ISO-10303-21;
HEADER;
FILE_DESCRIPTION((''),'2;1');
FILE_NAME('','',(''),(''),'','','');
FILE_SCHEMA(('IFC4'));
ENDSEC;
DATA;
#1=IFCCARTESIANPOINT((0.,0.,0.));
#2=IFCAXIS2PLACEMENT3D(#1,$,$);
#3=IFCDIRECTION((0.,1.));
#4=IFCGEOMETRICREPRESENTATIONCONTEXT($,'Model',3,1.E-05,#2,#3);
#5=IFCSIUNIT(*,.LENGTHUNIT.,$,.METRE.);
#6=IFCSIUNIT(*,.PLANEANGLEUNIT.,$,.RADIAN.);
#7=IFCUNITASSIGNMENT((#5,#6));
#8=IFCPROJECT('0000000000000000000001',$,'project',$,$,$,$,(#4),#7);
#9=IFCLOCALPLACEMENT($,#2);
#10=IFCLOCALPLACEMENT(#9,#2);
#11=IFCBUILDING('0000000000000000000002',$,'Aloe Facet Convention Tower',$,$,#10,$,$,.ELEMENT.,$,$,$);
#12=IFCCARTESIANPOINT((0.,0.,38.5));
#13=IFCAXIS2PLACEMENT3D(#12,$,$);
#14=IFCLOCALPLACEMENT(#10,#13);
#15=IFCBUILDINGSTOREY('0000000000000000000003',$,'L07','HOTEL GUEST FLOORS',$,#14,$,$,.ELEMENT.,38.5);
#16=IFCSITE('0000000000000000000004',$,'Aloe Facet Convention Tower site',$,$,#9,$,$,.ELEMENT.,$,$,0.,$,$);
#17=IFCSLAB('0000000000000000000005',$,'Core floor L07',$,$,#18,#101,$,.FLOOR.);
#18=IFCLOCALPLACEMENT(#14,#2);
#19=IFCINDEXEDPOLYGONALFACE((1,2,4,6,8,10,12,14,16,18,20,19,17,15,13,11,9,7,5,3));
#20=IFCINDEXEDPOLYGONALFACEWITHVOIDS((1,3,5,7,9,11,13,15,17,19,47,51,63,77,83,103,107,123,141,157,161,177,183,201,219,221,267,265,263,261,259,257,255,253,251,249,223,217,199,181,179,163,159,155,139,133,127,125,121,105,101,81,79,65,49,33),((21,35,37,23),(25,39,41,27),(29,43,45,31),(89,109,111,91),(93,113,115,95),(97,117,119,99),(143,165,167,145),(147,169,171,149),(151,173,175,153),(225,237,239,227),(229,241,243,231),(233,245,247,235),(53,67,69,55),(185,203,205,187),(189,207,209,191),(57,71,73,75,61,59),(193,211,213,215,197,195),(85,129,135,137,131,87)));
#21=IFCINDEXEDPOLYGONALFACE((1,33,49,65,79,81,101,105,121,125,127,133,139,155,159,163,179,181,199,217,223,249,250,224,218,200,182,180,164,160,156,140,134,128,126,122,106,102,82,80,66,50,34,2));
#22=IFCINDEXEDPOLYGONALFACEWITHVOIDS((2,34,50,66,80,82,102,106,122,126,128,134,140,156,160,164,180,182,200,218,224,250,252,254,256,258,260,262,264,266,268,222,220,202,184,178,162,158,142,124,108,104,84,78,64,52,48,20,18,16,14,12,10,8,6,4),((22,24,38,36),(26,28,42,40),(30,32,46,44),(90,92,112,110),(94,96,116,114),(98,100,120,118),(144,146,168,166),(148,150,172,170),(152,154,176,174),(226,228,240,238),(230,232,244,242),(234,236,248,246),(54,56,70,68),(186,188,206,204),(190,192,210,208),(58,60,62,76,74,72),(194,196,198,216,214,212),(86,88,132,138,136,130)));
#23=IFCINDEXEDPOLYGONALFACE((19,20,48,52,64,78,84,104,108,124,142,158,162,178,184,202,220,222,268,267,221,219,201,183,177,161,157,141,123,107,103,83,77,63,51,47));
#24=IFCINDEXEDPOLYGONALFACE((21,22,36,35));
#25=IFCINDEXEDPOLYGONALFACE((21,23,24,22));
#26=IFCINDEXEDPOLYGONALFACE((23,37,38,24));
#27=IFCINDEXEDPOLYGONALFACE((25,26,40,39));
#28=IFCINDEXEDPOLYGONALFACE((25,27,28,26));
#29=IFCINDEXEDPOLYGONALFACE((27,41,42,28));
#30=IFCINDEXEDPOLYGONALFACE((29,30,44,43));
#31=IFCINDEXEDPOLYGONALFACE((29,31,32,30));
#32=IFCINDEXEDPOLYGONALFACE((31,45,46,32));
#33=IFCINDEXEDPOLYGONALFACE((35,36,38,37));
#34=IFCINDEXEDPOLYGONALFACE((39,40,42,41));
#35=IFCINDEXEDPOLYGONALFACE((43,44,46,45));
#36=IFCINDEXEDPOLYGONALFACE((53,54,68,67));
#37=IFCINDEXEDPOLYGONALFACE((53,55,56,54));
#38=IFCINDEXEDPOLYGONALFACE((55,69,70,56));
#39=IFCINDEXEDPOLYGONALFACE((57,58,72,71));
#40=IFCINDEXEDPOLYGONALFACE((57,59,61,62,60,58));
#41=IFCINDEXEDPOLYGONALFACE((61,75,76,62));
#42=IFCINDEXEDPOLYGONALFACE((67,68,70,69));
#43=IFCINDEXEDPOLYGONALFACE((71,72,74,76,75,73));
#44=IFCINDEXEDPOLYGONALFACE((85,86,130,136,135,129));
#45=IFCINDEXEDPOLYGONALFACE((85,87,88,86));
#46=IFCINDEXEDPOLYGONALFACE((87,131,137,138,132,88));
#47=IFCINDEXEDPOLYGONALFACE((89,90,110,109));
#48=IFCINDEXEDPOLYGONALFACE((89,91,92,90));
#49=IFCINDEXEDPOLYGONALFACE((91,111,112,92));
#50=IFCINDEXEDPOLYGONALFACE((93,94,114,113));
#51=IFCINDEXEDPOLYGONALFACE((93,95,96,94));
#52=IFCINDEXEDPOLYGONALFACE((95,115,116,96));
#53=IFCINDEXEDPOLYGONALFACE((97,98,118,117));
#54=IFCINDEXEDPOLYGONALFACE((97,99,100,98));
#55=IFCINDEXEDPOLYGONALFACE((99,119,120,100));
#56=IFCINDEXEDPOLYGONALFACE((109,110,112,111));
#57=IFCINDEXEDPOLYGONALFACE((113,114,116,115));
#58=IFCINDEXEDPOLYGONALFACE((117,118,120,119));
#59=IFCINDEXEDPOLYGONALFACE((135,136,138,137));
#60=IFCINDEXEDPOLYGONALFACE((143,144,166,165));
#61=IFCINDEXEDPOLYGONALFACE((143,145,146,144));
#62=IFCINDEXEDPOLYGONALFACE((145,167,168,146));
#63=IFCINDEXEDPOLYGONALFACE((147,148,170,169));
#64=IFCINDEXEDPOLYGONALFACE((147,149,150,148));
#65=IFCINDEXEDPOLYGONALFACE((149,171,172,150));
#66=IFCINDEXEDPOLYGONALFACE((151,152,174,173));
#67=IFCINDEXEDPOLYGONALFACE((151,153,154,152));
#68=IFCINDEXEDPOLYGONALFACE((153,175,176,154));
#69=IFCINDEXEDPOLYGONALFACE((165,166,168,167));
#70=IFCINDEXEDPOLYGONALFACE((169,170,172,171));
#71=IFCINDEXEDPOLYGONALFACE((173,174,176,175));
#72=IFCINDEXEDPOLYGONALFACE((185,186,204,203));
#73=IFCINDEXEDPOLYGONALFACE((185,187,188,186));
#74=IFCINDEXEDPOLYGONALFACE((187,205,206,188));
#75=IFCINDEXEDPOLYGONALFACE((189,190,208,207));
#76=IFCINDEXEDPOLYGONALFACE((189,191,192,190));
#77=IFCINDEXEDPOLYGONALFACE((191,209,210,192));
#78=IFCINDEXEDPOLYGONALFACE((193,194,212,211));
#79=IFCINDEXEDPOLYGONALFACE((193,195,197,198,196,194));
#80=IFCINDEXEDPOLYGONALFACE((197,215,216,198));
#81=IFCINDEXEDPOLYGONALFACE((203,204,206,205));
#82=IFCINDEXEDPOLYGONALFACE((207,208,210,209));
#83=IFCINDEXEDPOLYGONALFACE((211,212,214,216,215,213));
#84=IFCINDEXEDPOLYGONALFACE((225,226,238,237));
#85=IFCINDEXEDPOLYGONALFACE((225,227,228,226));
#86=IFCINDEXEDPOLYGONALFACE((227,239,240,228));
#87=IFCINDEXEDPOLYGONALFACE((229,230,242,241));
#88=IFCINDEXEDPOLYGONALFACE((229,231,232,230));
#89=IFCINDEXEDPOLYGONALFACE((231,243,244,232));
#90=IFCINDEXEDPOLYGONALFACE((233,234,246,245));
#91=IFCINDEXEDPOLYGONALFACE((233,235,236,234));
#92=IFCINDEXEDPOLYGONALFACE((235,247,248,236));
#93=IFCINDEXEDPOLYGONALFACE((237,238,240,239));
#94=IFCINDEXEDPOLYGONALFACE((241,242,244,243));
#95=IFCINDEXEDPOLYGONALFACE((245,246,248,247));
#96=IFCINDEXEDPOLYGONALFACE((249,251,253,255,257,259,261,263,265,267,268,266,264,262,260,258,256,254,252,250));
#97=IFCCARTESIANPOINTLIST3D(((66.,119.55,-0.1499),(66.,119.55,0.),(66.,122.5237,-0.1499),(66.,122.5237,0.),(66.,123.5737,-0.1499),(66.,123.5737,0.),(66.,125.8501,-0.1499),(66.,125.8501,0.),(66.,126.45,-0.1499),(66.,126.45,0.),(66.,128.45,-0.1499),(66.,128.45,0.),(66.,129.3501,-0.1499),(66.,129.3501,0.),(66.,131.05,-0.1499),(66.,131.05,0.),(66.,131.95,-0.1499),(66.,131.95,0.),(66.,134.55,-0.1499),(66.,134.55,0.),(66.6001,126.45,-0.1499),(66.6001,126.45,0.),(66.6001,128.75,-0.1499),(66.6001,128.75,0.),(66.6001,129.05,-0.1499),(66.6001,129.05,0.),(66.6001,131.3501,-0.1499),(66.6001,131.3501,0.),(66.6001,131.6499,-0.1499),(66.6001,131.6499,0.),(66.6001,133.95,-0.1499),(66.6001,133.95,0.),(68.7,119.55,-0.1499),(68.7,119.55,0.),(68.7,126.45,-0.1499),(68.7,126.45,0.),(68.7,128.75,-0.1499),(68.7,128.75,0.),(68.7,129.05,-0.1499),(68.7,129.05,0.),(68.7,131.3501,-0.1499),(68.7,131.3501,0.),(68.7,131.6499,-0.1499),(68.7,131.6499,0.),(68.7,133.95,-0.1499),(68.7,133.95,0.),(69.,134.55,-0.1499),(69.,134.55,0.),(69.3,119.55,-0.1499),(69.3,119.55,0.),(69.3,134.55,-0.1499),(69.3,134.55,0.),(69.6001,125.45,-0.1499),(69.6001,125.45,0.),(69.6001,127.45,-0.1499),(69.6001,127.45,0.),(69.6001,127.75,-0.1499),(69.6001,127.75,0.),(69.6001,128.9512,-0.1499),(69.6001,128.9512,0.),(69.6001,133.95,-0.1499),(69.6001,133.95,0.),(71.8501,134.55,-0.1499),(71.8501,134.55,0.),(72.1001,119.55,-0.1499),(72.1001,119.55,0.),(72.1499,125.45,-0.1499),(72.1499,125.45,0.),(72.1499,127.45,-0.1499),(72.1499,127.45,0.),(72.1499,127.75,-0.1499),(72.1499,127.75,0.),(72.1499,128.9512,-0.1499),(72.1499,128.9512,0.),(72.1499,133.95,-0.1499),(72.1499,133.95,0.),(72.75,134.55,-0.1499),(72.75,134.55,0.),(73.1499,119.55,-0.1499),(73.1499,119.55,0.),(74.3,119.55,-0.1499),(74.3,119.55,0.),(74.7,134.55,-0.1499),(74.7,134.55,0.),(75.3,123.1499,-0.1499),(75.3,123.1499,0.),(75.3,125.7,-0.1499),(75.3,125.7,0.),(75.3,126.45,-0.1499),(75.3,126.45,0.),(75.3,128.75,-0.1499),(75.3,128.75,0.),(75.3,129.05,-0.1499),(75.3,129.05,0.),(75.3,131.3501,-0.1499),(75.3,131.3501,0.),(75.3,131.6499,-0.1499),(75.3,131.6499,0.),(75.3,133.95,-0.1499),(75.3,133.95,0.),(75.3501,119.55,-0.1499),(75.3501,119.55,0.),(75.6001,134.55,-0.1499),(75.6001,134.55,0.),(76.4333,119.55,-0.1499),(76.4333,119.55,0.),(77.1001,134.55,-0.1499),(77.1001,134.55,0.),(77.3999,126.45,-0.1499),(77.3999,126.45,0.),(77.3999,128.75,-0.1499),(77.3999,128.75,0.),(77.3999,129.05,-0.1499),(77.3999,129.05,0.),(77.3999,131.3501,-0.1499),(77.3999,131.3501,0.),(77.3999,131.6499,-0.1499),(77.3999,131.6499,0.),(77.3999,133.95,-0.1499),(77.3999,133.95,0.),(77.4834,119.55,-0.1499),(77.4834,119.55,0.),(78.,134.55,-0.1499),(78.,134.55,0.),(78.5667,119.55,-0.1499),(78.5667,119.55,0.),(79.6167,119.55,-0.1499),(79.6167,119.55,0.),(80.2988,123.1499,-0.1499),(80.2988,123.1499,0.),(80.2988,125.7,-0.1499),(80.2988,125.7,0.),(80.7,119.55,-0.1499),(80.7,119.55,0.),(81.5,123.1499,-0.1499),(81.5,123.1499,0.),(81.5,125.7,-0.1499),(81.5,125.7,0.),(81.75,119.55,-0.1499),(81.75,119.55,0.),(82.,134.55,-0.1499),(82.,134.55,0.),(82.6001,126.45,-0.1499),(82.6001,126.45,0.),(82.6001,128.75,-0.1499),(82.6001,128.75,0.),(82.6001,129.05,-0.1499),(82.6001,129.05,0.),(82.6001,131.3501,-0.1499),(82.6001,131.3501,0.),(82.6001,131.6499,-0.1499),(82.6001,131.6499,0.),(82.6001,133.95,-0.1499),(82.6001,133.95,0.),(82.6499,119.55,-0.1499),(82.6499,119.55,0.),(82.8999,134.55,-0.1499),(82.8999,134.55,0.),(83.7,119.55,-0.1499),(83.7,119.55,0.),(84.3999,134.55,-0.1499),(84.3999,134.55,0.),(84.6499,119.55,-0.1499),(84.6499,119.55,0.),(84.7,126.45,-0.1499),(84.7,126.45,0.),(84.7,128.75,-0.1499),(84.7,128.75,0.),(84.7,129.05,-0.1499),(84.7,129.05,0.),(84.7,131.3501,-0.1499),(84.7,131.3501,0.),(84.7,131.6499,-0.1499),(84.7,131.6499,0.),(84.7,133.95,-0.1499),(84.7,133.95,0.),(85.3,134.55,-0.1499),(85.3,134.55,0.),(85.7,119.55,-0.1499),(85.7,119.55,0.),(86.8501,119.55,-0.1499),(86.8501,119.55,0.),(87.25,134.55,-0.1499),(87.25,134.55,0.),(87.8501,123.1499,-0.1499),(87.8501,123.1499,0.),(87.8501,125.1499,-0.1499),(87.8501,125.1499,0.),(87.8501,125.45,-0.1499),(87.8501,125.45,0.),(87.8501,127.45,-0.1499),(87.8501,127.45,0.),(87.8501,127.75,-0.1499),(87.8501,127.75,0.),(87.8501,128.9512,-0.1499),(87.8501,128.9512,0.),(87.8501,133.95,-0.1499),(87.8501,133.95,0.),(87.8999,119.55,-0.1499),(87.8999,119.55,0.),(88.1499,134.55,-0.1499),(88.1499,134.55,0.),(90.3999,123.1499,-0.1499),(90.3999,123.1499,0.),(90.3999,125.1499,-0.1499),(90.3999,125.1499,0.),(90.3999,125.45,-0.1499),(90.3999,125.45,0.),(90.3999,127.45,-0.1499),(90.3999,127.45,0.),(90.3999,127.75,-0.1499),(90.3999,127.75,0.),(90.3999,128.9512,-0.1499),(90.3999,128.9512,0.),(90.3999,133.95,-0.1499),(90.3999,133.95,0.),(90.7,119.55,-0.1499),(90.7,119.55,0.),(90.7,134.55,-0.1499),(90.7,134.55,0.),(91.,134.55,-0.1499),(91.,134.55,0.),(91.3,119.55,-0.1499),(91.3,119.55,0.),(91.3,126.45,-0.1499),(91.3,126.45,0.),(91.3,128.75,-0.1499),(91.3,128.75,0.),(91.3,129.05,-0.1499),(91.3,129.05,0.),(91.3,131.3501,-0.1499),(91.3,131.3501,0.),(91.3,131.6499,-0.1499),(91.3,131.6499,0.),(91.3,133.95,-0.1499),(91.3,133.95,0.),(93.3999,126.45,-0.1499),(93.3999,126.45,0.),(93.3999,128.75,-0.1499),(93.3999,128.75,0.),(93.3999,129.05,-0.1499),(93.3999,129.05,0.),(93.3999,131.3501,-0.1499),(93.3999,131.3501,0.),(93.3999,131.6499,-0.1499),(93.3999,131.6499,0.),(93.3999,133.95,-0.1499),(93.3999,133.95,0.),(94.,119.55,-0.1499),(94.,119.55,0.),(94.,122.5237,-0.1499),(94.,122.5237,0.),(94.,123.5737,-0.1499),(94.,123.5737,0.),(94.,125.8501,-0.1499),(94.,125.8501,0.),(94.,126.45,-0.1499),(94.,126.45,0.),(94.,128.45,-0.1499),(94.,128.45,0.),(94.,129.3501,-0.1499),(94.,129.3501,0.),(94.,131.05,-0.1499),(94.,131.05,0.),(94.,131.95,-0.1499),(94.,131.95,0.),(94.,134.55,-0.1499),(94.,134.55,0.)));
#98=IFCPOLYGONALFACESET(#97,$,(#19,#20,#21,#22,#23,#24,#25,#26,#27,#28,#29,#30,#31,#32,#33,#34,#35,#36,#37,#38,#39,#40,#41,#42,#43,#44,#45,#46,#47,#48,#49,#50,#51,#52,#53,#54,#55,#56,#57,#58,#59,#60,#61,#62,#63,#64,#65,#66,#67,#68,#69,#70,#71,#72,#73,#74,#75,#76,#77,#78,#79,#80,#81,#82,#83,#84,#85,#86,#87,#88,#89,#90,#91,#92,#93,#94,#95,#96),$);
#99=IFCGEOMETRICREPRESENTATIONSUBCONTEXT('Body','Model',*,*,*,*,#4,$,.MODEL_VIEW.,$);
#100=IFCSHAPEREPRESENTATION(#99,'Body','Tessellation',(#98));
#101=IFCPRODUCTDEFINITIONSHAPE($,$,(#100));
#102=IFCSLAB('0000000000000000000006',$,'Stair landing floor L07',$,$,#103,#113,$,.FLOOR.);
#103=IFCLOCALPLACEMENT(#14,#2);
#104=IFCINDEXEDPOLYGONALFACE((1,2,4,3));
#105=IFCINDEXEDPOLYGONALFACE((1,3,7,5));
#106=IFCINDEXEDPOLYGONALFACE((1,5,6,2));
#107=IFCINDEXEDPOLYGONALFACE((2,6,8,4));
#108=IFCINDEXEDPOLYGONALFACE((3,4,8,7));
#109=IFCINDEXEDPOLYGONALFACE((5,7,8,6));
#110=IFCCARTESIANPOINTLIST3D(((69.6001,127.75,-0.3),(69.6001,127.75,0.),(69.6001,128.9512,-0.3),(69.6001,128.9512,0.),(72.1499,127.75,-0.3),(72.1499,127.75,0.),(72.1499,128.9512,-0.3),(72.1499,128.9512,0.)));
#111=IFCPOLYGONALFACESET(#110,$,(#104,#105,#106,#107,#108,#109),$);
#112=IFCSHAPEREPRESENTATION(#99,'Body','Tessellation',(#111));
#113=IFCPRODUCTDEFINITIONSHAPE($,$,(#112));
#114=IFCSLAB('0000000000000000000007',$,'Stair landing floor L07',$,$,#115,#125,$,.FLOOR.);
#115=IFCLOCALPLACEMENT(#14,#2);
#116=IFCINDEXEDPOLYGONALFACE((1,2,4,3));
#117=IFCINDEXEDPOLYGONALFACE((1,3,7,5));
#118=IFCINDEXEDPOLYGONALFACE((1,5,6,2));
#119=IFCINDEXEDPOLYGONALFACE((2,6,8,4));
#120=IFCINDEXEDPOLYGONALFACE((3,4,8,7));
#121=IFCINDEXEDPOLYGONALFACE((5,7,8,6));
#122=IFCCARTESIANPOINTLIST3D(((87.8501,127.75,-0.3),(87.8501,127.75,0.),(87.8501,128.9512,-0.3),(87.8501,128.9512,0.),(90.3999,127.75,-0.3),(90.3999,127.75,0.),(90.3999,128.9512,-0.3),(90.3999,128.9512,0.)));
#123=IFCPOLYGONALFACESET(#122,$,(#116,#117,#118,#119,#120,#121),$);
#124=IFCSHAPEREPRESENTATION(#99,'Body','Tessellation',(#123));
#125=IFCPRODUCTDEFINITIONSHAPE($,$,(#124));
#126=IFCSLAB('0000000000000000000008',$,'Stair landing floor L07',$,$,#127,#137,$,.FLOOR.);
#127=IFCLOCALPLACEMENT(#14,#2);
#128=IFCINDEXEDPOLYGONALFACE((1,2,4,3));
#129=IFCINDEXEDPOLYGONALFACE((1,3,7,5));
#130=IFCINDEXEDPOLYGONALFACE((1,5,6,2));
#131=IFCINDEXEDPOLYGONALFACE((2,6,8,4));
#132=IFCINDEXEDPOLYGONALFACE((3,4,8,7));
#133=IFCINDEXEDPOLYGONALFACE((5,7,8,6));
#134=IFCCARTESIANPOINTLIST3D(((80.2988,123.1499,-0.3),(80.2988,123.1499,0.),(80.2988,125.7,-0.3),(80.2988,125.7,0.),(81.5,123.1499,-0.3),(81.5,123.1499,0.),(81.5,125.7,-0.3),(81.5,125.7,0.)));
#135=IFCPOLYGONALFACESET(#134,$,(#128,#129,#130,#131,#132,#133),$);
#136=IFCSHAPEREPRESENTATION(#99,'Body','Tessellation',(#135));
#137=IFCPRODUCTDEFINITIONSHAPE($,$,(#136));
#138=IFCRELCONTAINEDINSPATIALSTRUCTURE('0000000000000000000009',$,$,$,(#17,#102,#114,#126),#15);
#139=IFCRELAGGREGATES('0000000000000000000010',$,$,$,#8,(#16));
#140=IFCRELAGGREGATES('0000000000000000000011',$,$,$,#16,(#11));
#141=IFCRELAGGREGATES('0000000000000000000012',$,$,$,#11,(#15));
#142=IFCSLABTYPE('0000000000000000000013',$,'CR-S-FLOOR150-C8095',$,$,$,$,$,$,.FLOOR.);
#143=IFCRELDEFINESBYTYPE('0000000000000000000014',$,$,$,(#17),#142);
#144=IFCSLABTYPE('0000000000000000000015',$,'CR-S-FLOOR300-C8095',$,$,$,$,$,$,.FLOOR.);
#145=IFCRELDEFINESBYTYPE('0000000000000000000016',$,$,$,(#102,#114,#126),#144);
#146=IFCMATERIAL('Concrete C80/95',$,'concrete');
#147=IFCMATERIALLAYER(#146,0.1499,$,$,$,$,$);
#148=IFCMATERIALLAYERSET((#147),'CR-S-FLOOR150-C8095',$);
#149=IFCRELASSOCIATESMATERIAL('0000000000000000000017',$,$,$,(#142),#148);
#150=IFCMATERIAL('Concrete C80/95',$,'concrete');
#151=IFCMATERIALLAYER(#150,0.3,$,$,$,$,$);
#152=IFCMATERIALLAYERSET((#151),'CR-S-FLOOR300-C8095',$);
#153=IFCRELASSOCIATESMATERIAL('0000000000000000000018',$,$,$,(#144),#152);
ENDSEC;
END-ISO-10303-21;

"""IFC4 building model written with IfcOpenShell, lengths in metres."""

from ifc_helpers import new_model, si_unit, direction, frame, origin, place, context, subcontext, project, spatial, polyline, outline, extrude, material, layer, layer_set, type_object, element, save


model = new_model("IFC4")

# Units and contexts
model_context = context("Model", 3, precision=1e-05, world=origin(), true_north=direction((0.0, 1.0)))
body_context = subcontext(model_context, "Body", "Model", "MODEL_VIEW")
ifc_project = project(units=[si_unit("LENGTHUNIT", "METRE"), si_unit("PLANEANGLEUNIT", "RADIAN")], contexts=[model_context])

# Site, building, storey
site_placement = place(None, origin())
site = spatial("IfcSite", under=ifc_project, at=site_placement, Name="Aloe Facet Convention Tower site", CompositionType="ELEMENT", RefElevation=0.0)
building_placement = place(site_placement, origin())
building = spatial("IfcBuilding", under=site, at=building_placement, Name="Aloe Facet Convention Tower", CompositionType="ELEMENT")
storey_placement = place(building_placement, frame((0.0, 0.0, 38.5)))
storey = spatial("IfcBuildingStorey", under=building, at=storey_placement, Name="L07", Description="HOTEL GUEST FLOORS", CompositionType="ELEMENT", Elevation=38.5)

# Slabs
ifc_material_1 = material(Name="Concrete C80/95", Category="concrete")
ifc_layer_1 = layer(ifc_material_1, 0.1499)
ifc_layer_set_1 = layer_set([ifc_layer_1], Name="CR-S-FLOOR150-C8095")
slab_type_1 = type_object("IfcSlabType", Name="CR-S-FLOOR150-C8095", PredefinedType="FLOOR", material=ifc_layer_set_1)
slab_1_placement = place(storey_placement, frame((0.0, 0.0, -0.1499)))
element("IfcSlab", 1, at=slab_1_placement, inside=storey, type_object=slab_type_1, Name="Core floor L07", PredefinedType="FLOOR", context=body_context, shape_type="SweptSolid", body=[
    extrude(outline(polyline([(69.3, 134.55), (71.8501, 134.55), (72.75, 134.55), (74.7, 134.55), (75.6001, 134.55), (77.1001, 134.55), (78.0, 134.55), (82.0, 134.55), (82.8999, 134.55), (84.3999, 134.55), (85.3, 134.55), (87.25, 134.55), (88.1499, 134.55), (90.7, 134.55), (91.0, 134.55), (94.0, 134.55), (94.0, 131.95), (94.0, 131.05), (94.0, 129.3501), (94.0, 128.45), (94.0, 126.45), (94.0, 125.8501), (94.0, 123.5737), (94.0, 122.5237), (94.0, 119.55), (91.3, 119.55), (90.7, 119.55), (87.8999, 119.55), (86.8501, 119.55), (85.7, 119.55), (84.6499, 119.55), (83.7, 119.55), (82.6499, 119.55), (81.75, 119.55), (80.7, 119.55), (79.6167, 119.55), (78.5667, 119.55), (77.4834, 119.55), (76.4333, 119.55), (75.3501, 119.55), (74.3, 119.55), (73.1499, 119.55), (72.1001, 119.55), (69.3, 119.55), (68.7, 119.55), (66.0, 119.55), (66.0, 122.5237), (66.0, 123.5737), (66.0, 125.8501), (66.0, 126.45), (66.0, 128.45), (66.0, 129.3501), (66.0, 131.05), (66.0, 131.95), (66.0, 134.55), (69.0, 134.55), (69.3, 134.55)]), holes=[polyline([(75.3, 123.1499), (80.2988, 123.1499), (81.5, 123.1499), (81.5, 125.7), (80.2988, 125.7), (75.3, 125.7), (75.3, 123.1499)]), polyline([(69.6001, 125.45), (72.1499, 125.45), (72.1499, 127.45), (69.6001, 127.45), (69.6001, 125.45)]), polyline([(66.6001, 126.45), (68.7, 126.45), (68.7, 128.75), (66.6001, 128.75), (66.6001, 126.45)]), polyline([(75.3, 126.45), (77.3999, 126.45), (77.3999, 128.75), (75.3, 128.75), (75.3, 126.45)]), polyline([(66.6001, 129.05), (68.7, 129.05), (68.7, 131.3501), (66.6001, 131.3501), (66.6001, 129.05)]), polyline([(75.3, 129.05), (77.3999, 129.05), (77.3999, 131.3501), (75.3, 131.3501), (75.3, 129.05)]), polyline([(69.6001, 133.95), (69.6001, 128.9512), (69.6001, 127.75), (72.1499, 127.75), (72.1499, 128.9512), (72.1499, 133.95), (69.6001, 133.95)]), polyline([(66.6001, 133.95), (66.6001, 131.6499), (68.7, 131.6499), (68.7, 133.95), (66.6001, 133.95)]), polyline([(75.3, 133.95), (75.3, 131.6499), (77.3999, 131.6499), (77.3999, 133.95), (75.3, 133.95)]), polyline([(87.8501, 123.1499), (90.3999, 123.1499), (90.3999, 125.1499), (87.8501, 125.1499), (87.8501, 123.1499)]), polyline([(87.8501, 125.45), (90.3999, 125.45), (90.3999, 127.45), (87.8501, 127.45), (87.8501, 125.45)]), polyline([(82.6001, 126.45), (84.7, 126.45), (84.7, 128.75), (82.6001, 128.75), (82.6001, 126.45)]), polyline([(91.3, 126.45), (93.3999, 126.45), (93.3999, 128.75), (91.3, 128.75), (91.3, 126.45)]), polyline([(82.6001, 129.05), (84.7, 129.05), (84.7, 131.3501), (82.6001, 131.3501), (82.6001, 129.05)]), polyline([(91.3, 129.05), (93.3999, 129.05), (93.3999, 131.3501), (91.3, 131.3501), (91.3, 129.05)]), polyline([(87.8501, 133.95), (87.8501, 128.9512), (87.8501, 127.75), (90.3999, 127.75), (90.3999, 128.9512), (90.3999, 133.95), (87.8501, 133.95)]), polyline([(82.6001, 133.95), (82.6001, 131.6499), (84.7, 131.6499), (84.7, 133.95), (82.6001, 133.95)]), polyline([(91.3, 133.95), (91.3, 131.6499), (93.3999, 131.6499), (93.3999, 133.95), (91.3, 133.95)])]), origin(), (0.0, 0.0, 1.0), 0.1499),
])
ifc_material_2 = material(Name="Concrete C80/95", Category="concrete")
ifc_layer_2 = layer(ifc_material_2, 0.3)
ifc_layer_set_2 = layer_set([ifc_layer_2], Name="CR-S-FLOOR300-C8095")
slab_type_2 = type_object("IfcSlabType", Name="CR-S-FLOOR300-C8095", PredefinedType="FLOOR", material=ifc_layer_set_2)
slab_2_placement = place(storey_placement, frame((0.0, 0.0, -0.3)))
element("IfcSlab", 2, at=slab_2_placement, inside=storey, type_object=slab_type_2, Name="Stair landing floor L07", PredefinedType="FLOOR", context=body_context, shape_type="SweptSolid", body=[
    extrude(outline(polyline([(72.1499, 127.75), (72.1499, 128.9512), (69.6001, 128.9512), (69.6001, 127.75), (72.1499, 127.75)])), origin(), (0.0, 0.0, 1.0), 0.3),
])
slab_3_placement = place(storey_placement, frame((0.0, 0.0, -0.3)))
element("IfcSlab", 3, at=slab_3_placement, inside=storey, type_object=slab_type_2, Name="Stair landing floor L07", PredefinedType="FLOOR", context=body_context, shape_type="SweptSolid", body=[
    extrude(outline(polyline([(90.3999, 127.75), (90.3999, 128.9512), (87.8501, 128.9512), (87.8501, 127.75), (90.3999, 127.75)])), origin(), (0.0, 0.0, 1.0), 0.3),
])
slab_4_placement = place(storey_placement, frame((0.0, 0.0, -0.3)))
element("IfcSlab", 4, at=slab_4_placement, inside=storey, type_object=slab_type_2, Name="Stair landing floor L07", PredefinedType="FLOOR", context=body_context, shape_type="SweptSolid", body=[
    extrude(outline(polyline([(81.5, 125.7), (80.2988, 125.7), (80.2988, 123.1499), (81.5, 123.1499), (81.5, 125.7)])), origin(), (0.0, 0.0, 1.0), 0.3),
])

save(model, "model.ifc")
